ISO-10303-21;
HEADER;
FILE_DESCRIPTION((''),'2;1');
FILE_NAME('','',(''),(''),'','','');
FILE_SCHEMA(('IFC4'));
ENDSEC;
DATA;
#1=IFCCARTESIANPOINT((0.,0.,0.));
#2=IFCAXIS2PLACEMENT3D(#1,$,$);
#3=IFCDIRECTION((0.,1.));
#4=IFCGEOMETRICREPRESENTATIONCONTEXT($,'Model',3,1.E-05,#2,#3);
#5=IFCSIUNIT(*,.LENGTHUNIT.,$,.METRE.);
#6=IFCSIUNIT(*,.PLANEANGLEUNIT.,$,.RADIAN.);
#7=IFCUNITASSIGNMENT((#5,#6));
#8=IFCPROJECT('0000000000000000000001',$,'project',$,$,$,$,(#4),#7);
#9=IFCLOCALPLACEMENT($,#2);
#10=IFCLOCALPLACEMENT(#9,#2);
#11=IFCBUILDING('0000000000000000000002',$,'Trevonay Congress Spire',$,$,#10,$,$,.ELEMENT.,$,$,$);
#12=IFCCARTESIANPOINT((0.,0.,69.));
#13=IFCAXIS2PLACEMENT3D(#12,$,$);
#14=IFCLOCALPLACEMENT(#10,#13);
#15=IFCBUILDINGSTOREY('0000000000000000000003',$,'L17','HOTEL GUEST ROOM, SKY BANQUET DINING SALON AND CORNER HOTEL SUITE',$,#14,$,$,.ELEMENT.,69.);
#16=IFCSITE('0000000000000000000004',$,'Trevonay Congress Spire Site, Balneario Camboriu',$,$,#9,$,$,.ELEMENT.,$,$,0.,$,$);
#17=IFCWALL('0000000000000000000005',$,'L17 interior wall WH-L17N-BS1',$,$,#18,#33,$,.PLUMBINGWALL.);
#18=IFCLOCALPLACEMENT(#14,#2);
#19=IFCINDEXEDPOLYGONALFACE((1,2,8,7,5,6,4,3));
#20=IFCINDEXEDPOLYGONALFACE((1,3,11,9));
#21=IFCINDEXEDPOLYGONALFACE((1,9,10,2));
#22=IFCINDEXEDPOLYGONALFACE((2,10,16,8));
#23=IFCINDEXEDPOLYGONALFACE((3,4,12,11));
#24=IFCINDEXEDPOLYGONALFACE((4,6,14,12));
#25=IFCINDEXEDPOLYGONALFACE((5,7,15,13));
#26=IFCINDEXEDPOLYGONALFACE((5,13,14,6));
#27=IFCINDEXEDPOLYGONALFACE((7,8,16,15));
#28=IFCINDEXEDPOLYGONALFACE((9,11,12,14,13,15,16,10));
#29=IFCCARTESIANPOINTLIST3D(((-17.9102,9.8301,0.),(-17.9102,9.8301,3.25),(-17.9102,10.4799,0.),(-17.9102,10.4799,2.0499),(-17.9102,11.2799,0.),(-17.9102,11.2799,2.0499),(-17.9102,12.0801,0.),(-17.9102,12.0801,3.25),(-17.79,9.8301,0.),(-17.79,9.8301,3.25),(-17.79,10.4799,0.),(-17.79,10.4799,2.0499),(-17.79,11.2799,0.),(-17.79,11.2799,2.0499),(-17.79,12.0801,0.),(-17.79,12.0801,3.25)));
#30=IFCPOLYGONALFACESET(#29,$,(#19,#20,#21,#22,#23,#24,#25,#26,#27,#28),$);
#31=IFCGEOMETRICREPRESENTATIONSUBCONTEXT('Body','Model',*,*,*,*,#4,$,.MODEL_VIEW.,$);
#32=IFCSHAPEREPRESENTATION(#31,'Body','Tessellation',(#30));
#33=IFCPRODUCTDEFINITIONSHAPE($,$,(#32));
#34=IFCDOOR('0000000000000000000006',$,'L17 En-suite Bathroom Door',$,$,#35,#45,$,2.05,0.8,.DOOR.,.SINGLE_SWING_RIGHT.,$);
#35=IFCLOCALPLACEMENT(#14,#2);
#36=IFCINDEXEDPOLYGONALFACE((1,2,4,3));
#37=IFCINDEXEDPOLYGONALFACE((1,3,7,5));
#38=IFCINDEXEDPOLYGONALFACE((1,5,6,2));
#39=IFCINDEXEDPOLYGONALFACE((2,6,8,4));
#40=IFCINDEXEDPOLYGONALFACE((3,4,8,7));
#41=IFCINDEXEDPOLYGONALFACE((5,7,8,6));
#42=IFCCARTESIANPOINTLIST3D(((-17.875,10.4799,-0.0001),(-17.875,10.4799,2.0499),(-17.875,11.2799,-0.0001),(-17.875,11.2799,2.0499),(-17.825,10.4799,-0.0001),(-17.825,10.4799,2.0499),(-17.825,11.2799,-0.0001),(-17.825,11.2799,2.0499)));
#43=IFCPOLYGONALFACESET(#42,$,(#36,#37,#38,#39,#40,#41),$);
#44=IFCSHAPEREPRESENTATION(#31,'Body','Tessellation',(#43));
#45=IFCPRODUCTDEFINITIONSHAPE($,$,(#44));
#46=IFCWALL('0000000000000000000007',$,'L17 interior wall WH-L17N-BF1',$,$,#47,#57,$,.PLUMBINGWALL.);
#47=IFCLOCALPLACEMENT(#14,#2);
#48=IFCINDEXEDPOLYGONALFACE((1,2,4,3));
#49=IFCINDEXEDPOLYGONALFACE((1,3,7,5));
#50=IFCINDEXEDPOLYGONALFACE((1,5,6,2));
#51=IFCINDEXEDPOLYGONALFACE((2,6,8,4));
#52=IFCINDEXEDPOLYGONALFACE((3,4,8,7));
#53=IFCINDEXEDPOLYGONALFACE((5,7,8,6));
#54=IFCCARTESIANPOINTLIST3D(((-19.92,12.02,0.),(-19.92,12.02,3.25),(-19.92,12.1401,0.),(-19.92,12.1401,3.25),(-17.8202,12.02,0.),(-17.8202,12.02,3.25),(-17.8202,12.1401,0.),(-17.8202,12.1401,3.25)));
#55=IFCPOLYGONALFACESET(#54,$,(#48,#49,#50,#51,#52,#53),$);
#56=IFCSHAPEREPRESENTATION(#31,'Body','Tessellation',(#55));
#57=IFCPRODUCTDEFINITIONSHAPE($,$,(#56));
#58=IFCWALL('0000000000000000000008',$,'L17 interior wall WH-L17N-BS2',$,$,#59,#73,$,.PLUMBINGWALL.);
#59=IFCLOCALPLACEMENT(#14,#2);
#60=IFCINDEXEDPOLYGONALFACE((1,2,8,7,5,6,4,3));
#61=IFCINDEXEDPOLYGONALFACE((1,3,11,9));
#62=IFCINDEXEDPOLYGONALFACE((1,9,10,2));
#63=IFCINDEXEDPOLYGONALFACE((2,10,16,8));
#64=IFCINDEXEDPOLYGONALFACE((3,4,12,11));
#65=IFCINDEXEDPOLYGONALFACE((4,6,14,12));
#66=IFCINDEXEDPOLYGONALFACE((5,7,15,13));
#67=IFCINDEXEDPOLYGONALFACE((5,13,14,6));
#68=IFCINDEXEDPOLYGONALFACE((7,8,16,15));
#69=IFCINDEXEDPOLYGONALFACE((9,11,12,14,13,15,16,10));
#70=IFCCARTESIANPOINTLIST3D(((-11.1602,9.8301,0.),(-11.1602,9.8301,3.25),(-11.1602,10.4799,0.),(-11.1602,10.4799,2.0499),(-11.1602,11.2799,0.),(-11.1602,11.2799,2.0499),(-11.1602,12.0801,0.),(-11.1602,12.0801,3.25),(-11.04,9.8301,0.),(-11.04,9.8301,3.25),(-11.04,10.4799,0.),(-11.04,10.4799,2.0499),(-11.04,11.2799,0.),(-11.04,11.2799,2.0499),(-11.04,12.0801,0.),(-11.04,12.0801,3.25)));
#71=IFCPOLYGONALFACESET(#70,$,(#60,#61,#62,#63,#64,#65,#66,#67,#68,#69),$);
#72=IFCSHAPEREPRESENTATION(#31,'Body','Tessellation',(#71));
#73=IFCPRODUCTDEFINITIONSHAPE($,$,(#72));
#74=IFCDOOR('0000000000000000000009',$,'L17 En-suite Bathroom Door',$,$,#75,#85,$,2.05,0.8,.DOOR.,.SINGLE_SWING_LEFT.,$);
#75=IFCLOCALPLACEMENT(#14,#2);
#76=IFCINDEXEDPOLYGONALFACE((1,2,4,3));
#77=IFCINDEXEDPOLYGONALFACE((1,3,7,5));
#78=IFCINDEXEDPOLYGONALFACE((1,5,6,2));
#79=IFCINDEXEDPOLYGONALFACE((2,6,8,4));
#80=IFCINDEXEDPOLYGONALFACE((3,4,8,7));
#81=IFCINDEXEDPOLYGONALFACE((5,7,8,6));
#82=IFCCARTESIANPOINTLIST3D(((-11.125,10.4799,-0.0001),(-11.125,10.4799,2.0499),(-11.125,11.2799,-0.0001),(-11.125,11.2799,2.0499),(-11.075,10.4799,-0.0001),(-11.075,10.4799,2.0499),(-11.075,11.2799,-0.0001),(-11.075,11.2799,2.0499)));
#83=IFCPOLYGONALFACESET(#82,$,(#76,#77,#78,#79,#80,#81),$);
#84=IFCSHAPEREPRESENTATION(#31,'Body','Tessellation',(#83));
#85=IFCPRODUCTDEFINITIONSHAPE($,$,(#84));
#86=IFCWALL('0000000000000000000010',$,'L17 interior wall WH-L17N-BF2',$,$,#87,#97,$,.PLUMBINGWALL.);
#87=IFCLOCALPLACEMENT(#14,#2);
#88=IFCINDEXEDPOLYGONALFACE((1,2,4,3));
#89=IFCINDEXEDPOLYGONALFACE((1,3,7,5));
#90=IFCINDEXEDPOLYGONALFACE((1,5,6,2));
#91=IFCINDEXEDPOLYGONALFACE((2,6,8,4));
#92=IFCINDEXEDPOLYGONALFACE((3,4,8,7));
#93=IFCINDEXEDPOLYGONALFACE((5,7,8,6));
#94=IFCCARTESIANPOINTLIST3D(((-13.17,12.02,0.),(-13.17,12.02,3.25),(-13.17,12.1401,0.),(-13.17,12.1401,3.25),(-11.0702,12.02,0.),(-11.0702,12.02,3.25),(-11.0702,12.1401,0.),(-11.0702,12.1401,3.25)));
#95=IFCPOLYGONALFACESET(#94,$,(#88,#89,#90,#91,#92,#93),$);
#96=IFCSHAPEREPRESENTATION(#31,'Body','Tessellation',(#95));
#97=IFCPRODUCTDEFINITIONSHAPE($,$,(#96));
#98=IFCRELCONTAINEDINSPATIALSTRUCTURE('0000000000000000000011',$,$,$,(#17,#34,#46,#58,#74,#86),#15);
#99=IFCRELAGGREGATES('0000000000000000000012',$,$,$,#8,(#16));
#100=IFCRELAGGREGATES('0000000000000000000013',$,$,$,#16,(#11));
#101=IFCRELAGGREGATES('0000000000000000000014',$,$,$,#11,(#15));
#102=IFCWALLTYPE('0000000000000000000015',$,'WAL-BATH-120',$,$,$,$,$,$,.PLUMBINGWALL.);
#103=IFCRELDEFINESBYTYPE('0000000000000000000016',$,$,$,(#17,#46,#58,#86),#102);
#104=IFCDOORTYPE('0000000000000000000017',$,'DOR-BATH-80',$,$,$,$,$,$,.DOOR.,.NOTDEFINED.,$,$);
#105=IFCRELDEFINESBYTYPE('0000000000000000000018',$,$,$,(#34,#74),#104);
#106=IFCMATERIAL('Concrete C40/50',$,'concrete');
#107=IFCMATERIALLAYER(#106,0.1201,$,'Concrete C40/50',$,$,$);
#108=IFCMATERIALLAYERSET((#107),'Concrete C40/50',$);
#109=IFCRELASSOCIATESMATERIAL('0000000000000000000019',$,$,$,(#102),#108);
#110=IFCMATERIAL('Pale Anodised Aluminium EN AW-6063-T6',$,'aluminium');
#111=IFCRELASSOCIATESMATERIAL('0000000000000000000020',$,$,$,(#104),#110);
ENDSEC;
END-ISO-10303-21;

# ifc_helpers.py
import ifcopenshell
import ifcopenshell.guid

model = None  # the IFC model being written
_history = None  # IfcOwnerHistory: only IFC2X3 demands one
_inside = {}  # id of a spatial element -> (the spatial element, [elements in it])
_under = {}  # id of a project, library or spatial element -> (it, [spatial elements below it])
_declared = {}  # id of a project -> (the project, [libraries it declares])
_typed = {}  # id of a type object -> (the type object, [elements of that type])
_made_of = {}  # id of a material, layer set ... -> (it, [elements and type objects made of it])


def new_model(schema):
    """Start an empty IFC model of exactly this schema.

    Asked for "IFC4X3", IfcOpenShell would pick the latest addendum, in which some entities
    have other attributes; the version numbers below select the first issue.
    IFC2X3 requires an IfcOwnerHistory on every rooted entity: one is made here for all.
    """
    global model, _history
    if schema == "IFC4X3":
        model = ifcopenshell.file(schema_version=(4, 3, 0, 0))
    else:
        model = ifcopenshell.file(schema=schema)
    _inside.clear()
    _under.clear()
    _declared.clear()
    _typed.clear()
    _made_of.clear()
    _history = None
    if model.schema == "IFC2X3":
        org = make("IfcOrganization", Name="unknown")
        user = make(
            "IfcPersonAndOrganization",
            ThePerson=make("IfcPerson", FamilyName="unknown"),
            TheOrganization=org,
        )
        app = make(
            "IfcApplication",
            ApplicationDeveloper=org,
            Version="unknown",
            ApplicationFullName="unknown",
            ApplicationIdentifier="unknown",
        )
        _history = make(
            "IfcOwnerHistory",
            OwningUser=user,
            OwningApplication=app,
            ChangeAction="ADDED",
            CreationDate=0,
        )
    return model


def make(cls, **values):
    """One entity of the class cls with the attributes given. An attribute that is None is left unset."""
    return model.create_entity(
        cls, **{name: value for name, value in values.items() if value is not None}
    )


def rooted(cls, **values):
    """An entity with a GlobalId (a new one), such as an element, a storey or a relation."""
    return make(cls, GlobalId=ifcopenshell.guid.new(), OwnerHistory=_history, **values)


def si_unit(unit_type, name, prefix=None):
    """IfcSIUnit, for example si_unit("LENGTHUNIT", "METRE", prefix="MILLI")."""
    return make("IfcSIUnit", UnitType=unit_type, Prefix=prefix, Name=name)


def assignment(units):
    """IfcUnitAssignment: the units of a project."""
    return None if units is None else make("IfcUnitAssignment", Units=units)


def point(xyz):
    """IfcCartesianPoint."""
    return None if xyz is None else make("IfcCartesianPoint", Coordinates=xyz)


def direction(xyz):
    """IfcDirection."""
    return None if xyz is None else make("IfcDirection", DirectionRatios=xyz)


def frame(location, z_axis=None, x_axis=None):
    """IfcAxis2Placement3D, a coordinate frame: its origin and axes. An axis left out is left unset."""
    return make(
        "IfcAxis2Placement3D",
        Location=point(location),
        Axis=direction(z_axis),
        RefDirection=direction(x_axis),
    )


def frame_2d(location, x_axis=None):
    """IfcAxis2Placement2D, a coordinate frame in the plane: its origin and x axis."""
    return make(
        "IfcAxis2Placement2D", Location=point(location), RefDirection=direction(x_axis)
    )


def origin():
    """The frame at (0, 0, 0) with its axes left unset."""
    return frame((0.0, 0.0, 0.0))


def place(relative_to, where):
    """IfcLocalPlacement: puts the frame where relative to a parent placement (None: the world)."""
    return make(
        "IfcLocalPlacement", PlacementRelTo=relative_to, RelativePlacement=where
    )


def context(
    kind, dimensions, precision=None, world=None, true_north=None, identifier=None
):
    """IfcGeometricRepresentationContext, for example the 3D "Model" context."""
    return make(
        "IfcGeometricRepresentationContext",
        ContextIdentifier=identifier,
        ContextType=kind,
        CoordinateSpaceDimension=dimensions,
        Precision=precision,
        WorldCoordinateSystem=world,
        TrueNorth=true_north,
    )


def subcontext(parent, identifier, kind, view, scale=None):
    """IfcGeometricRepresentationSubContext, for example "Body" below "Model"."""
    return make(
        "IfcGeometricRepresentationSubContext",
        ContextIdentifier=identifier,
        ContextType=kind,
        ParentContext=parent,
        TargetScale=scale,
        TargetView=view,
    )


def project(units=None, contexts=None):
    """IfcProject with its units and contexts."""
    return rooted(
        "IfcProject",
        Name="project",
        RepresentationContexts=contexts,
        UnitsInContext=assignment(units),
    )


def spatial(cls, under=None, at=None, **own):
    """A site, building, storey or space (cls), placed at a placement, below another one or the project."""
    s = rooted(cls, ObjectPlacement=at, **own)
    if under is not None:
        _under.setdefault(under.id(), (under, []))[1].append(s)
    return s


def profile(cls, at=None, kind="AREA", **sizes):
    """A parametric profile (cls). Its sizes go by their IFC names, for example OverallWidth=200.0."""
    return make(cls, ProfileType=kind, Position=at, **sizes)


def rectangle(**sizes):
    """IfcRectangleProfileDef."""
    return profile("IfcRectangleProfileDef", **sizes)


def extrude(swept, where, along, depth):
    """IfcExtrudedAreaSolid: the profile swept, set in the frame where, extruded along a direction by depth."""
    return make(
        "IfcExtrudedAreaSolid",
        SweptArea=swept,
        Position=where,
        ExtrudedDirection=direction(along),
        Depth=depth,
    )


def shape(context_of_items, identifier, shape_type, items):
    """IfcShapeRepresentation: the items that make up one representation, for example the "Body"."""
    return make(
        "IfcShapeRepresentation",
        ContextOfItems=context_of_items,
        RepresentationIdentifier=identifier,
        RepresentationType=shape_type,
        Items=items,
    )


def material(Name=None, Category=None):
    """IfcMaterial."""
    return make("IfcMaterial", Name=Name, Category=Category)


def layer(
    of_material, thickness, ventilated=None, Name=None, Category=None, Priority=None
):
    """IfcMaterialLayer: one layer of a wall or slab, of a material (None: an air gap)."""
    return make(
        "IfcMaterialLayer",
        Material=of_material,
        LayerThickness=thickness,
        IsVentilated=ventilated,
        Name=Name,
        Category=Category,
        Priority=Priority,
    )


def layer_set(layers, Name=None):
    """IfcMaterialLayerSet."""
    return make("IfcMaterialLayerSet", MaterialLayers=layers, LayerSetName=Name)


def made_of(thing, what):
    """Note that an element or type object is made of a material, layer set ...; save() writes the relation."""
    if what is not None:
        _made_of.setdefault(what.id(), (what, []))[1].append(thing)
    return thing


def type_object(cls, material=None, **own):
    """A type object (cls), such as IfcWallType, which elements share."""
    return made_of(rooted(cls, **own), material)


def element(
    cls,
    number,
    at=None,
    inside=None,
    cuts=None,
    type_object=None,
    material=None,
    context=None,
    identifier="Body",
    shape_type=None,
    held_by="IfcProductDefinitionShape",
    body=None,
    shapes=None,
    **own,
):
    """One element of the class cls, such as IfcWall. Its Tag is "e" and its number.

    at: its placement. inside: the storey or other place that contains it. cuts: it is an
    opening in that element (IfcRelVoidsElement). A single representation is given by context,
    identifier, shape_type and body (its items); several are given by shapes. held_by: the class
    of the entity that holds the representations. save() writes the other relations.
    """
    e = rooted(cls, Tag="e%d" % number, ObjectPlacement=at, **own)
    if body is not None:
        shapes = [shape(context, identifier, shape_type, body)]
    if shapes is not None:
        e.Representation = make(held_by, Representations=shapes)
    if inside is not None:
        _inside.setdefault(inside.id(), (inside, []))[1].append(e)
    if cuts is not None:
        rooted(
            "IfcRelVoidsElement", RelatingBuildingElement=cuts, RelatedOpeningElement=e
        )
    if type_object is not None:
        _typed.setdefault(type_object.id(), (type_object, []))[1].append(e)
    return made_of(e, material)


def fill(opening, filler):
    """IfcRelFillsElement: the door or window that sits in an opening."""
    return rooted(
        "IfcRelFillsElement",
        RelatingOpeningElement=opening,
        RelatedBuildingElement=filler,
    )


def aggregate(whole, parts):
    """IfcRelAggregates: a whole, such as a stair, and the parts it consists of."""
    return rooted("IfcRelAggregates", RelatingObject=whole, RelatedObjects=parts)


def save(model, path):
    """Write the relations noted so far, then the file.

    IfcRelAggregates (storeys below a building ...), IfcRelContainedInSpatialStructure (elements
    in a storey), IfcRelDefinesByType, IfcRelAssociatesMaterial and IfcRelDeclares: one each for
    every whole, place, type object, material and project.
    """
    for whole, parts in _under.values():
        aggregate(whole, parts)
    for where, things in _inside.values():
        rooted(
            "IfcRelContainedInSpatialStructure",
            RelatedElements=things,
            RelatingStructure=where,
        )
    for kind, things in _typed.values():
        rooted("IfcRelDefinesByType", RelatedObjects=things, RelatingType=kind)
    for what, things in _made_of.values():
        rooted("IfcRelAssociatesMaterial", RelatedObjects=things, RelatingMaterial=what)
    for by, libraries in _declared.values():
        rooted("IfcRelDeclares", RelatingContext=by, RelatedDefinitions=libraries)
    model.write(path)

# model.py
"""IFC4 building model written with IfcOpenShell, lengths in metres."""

from ifc_helpers import new_model, si_unit, direction, frame, frame_2d, origin, place, context, subcontext, project, spatial, rectangle, extrude, material, layer, layer_set, type_object, element, fill, save


model = new_model("IFC4")

# Units and contexts
model_context = context("Model", 3, precision=1e-05, world=origin(), true_north=direction((0.0, 1.0)))
body_context = subcontext(model_context, "Body", "Model", "MODEL_VIEW")
ifc_project = project(units=[si_unit("LENGTHUNIT", "METRE"), si_unit("PLANEANGLEUNIT", "RADIAN")], contexts=[model_context])

# Site, building, storey
site_placement = place(None, origin())
site = spatial("IfcSite", under=ifc_project, at=site_placement, Name="Trevonay Congress Spire Site, Balneario Camboriu", CompositionType="ELEMENT", RefElevation=0.0)
building_placement = place(site_placement, origin())
building = spatial("IfcBuilding", under=site, at=building_placement, Name="Trevonay Congress Spire", CompositionType="ELEMENT")
storey_placement = place(building_placement, frame((0.0, 0.0, 69.0)))
storey = spatial("IfcBuildingStorey", under=building, at=storey_placement, Name="L17", Description="HOTEL GUEST ROOM, SKY BANQUET DINING SALON AND CORNER HOTEL SUITE", CompositionType="ELEMENT", Elevation=69.0)

# Wall, opening, door
ifc_material_1 = material(Name="Concrete C40/50", Category="concrete")
ifc_layer_1 = layer(ifc_material_1, 0.1201, Name="Concrete C40/50")
ifc_layer_set_1 = layer_set([ifc_layer_1], Name="Concrete C40/50")
wall_type_1 = type_object("IfcWallType", Name="WAL-BATH-120", PredefinedType="PLUMBINGWALL", material=ifc_layer_set_1)
wall_1_placement = place(storey_placement, frame((-17.8501, 9.8301, 0.0), z_axis=(0.0, 0.0, 1.0), x_axis=(0.0, 1.0, 0.0)))
wall_1 = element("IfcWall", 1, at=wall_1_placement, inside=storey, type_object=wall_type_1, Name="L17 interior wall WH-L17N-BS1", PredefinedType="PLUMBINGWALL", context=body_context, shape_type="SweptSolid", body=[
    extrude(rectangle(XDim=2.25, YDim=0.1201, at=frame_2d((1.125, 0.0))), origin(), (0.0, 0.0, 1.0), 3.25),
])
opening_1_placement = place(wall_1_placement, frame((0.6499, 0.0, 0.0)))
opening_1 = element("IfcOpeningElement", 2, at=opening_1_placement, cuts=wall_1, PredefinedType="OPENING", context=body_context, shape_type="SweptSolid", body=[
    extrude(rectangle(XDim=0.8, YDim=2.05, at=frame_2d((0.3999, 1.0249))), frame((0.0, 0.0701, 0.0), z_axis=(0.0, -1.0, 0.0), x_axis=(1.0, 0.0, 0.0)), (0.0, 0.0, 1.0), 0.1401),
])
ifc_material_2 = material(Name="Pale Anodised Aluminium EN AW-6063-T6", Category="aluminium")
door_type_1 = type_object("IfcDoorType", Name="DOR-BATH-80", OperationType="NOTDEFINED", PredefinedType="DOOR", material=ifc_material_2)
door_1_placement = place(opening_1_placement, origin())
door_1 = element("IfcDoor", 3, at=door_1_placement, inside=storey, type_object=door_type_1, Name="L17 En-suite Bathroom Door", OperationType="SINGLE_SWING_RIGHT", OverallHeight=2.05, OverallWidth=0.8, PredefinedType="DOOR", context=body_context, shape_type="SweptSolid", body=[
    extrude(rectangle(XDim=0.8, YDim=2.05, at=frame_2d((0.3999, 1.0249))), frame((0.0, 0.0249, 0.0), z_axis=(0.0, -1.0, 0.0), x_axis=(1.0, 0.0, 0.0)), (0.0, 0.0, 1.0), 0.05),
])
fill(opening_1, door_1)

# Wall
wall_2_placement = place(storey_placement, frame((-19.9199, 12.0801, 0.0), z_axis=(0.0, 0.0, 1.0), x_axis=(1.0, 0.0, 0.0)))
element("IfcWall", 4, at=wall_2_placement, inside=storey, type_object=wall_type_1, Name="L17 interior wall WH-L17N-BF1", PredefinedType="PLUMBINGWALL", context=body_context, shape_type="SweptSolid", body=[
    extrude(rectangle(XDim=2.0999, YDim=0.1201, at=frame_2d((1.0498, 0.0))), origin(), (0.0, 0.0, 1.0), 3.25),
])

# Wall, opening, door
wall_3_placement = place(storey_placement, frame((-11.1001, 9.8301, 0.0), z_axis=(0.0, 0.0, 1.0), x_axis=(0.0, 1.0, 0.0)))
wall_3 = element("IfcWall", 5, at=wall_3_placement, inside=storey, type_object=wall_type_1, Name="L17 interior wall WH-L17N-BS2", PredefinedType="PLUMBINGWALL", context=body_context, shape_type="SweptSolid", body=[
    extrude(rectangle(XDim=2.25, YDim=0.1201, at=frame_2d((1.125, 0.0))), origin(), (0.0, 0.0, 1.0), 3.25),
])
opening_2_placement = place(wall_3_placement, frame((0.6499, 0.0, 0.0)))
opening_2 = element("IfcOpeningElement", 6, at=opening_2_placement, cuts=wall_3, PredefinedType="OPENING", context=body_context, shape_type="SweptSolid", body=[
    extrude(rectangle(XDim=0.8, YDim=2.05, at=frame_2d((0.3999, 1.0249))), frame((0.0, 0.0701, 0.0), z_axis=(0.0, -1.0, 0.0), x_axis=(1.0, 0.0, 0.0)), (0.0, 0.0, 1.0), 0.1401),
])
door_2_placement = place(opening_2_placement, origin())
door_2 = element("IfcDoor", 7, at=door_2_placement, inside=storey, type_object=door_type_1, Name="L17 En-suite Bathroom Door", OperationType="SINGLE_SWING_LEFT", OverallHeight=2.05, OverallWidth=0.8, PredefinedType="DOOR", context=body_context, shape_type="SweptSolid", body=[
    extrude(rectangle(XDim=0.8, YDim=2.05, at=frame_2d((0.3999, 1.0249))), frame((0.0, 0.0249, 0.0), z_axis=(0.0, -1.0, 0.0), x_axis=(1.0, 0.0, 0.0)), (0.0, 0.0, 1.0), 0.05),
])
fill(opening_2, door_2)

# Wall
wall_4_placement = place(storey_placement, frame((-13.1699, 12.0801, 0.0), z_axis=(0.0, 0.0, 1.0), x_axis=(1.0, 0.0, 0.0)))
element("IfcWall", 8, at=wall_4_placement, inside=storey, type_object=wall_type_1, Name="L17 interior wall WH-L17N-BF2", PredefinedType="PLUMBINGWALL", context=body_context, shape_type="SweptSolid", body=[
    extrude(rectangle(XDim=2.0999, YDim=0.1201, at=frame_2d((1.0498, 0.0))), origin(), (0.0, 0.0, 1.0), 3.25),
])

save(model, "model.ifc")
